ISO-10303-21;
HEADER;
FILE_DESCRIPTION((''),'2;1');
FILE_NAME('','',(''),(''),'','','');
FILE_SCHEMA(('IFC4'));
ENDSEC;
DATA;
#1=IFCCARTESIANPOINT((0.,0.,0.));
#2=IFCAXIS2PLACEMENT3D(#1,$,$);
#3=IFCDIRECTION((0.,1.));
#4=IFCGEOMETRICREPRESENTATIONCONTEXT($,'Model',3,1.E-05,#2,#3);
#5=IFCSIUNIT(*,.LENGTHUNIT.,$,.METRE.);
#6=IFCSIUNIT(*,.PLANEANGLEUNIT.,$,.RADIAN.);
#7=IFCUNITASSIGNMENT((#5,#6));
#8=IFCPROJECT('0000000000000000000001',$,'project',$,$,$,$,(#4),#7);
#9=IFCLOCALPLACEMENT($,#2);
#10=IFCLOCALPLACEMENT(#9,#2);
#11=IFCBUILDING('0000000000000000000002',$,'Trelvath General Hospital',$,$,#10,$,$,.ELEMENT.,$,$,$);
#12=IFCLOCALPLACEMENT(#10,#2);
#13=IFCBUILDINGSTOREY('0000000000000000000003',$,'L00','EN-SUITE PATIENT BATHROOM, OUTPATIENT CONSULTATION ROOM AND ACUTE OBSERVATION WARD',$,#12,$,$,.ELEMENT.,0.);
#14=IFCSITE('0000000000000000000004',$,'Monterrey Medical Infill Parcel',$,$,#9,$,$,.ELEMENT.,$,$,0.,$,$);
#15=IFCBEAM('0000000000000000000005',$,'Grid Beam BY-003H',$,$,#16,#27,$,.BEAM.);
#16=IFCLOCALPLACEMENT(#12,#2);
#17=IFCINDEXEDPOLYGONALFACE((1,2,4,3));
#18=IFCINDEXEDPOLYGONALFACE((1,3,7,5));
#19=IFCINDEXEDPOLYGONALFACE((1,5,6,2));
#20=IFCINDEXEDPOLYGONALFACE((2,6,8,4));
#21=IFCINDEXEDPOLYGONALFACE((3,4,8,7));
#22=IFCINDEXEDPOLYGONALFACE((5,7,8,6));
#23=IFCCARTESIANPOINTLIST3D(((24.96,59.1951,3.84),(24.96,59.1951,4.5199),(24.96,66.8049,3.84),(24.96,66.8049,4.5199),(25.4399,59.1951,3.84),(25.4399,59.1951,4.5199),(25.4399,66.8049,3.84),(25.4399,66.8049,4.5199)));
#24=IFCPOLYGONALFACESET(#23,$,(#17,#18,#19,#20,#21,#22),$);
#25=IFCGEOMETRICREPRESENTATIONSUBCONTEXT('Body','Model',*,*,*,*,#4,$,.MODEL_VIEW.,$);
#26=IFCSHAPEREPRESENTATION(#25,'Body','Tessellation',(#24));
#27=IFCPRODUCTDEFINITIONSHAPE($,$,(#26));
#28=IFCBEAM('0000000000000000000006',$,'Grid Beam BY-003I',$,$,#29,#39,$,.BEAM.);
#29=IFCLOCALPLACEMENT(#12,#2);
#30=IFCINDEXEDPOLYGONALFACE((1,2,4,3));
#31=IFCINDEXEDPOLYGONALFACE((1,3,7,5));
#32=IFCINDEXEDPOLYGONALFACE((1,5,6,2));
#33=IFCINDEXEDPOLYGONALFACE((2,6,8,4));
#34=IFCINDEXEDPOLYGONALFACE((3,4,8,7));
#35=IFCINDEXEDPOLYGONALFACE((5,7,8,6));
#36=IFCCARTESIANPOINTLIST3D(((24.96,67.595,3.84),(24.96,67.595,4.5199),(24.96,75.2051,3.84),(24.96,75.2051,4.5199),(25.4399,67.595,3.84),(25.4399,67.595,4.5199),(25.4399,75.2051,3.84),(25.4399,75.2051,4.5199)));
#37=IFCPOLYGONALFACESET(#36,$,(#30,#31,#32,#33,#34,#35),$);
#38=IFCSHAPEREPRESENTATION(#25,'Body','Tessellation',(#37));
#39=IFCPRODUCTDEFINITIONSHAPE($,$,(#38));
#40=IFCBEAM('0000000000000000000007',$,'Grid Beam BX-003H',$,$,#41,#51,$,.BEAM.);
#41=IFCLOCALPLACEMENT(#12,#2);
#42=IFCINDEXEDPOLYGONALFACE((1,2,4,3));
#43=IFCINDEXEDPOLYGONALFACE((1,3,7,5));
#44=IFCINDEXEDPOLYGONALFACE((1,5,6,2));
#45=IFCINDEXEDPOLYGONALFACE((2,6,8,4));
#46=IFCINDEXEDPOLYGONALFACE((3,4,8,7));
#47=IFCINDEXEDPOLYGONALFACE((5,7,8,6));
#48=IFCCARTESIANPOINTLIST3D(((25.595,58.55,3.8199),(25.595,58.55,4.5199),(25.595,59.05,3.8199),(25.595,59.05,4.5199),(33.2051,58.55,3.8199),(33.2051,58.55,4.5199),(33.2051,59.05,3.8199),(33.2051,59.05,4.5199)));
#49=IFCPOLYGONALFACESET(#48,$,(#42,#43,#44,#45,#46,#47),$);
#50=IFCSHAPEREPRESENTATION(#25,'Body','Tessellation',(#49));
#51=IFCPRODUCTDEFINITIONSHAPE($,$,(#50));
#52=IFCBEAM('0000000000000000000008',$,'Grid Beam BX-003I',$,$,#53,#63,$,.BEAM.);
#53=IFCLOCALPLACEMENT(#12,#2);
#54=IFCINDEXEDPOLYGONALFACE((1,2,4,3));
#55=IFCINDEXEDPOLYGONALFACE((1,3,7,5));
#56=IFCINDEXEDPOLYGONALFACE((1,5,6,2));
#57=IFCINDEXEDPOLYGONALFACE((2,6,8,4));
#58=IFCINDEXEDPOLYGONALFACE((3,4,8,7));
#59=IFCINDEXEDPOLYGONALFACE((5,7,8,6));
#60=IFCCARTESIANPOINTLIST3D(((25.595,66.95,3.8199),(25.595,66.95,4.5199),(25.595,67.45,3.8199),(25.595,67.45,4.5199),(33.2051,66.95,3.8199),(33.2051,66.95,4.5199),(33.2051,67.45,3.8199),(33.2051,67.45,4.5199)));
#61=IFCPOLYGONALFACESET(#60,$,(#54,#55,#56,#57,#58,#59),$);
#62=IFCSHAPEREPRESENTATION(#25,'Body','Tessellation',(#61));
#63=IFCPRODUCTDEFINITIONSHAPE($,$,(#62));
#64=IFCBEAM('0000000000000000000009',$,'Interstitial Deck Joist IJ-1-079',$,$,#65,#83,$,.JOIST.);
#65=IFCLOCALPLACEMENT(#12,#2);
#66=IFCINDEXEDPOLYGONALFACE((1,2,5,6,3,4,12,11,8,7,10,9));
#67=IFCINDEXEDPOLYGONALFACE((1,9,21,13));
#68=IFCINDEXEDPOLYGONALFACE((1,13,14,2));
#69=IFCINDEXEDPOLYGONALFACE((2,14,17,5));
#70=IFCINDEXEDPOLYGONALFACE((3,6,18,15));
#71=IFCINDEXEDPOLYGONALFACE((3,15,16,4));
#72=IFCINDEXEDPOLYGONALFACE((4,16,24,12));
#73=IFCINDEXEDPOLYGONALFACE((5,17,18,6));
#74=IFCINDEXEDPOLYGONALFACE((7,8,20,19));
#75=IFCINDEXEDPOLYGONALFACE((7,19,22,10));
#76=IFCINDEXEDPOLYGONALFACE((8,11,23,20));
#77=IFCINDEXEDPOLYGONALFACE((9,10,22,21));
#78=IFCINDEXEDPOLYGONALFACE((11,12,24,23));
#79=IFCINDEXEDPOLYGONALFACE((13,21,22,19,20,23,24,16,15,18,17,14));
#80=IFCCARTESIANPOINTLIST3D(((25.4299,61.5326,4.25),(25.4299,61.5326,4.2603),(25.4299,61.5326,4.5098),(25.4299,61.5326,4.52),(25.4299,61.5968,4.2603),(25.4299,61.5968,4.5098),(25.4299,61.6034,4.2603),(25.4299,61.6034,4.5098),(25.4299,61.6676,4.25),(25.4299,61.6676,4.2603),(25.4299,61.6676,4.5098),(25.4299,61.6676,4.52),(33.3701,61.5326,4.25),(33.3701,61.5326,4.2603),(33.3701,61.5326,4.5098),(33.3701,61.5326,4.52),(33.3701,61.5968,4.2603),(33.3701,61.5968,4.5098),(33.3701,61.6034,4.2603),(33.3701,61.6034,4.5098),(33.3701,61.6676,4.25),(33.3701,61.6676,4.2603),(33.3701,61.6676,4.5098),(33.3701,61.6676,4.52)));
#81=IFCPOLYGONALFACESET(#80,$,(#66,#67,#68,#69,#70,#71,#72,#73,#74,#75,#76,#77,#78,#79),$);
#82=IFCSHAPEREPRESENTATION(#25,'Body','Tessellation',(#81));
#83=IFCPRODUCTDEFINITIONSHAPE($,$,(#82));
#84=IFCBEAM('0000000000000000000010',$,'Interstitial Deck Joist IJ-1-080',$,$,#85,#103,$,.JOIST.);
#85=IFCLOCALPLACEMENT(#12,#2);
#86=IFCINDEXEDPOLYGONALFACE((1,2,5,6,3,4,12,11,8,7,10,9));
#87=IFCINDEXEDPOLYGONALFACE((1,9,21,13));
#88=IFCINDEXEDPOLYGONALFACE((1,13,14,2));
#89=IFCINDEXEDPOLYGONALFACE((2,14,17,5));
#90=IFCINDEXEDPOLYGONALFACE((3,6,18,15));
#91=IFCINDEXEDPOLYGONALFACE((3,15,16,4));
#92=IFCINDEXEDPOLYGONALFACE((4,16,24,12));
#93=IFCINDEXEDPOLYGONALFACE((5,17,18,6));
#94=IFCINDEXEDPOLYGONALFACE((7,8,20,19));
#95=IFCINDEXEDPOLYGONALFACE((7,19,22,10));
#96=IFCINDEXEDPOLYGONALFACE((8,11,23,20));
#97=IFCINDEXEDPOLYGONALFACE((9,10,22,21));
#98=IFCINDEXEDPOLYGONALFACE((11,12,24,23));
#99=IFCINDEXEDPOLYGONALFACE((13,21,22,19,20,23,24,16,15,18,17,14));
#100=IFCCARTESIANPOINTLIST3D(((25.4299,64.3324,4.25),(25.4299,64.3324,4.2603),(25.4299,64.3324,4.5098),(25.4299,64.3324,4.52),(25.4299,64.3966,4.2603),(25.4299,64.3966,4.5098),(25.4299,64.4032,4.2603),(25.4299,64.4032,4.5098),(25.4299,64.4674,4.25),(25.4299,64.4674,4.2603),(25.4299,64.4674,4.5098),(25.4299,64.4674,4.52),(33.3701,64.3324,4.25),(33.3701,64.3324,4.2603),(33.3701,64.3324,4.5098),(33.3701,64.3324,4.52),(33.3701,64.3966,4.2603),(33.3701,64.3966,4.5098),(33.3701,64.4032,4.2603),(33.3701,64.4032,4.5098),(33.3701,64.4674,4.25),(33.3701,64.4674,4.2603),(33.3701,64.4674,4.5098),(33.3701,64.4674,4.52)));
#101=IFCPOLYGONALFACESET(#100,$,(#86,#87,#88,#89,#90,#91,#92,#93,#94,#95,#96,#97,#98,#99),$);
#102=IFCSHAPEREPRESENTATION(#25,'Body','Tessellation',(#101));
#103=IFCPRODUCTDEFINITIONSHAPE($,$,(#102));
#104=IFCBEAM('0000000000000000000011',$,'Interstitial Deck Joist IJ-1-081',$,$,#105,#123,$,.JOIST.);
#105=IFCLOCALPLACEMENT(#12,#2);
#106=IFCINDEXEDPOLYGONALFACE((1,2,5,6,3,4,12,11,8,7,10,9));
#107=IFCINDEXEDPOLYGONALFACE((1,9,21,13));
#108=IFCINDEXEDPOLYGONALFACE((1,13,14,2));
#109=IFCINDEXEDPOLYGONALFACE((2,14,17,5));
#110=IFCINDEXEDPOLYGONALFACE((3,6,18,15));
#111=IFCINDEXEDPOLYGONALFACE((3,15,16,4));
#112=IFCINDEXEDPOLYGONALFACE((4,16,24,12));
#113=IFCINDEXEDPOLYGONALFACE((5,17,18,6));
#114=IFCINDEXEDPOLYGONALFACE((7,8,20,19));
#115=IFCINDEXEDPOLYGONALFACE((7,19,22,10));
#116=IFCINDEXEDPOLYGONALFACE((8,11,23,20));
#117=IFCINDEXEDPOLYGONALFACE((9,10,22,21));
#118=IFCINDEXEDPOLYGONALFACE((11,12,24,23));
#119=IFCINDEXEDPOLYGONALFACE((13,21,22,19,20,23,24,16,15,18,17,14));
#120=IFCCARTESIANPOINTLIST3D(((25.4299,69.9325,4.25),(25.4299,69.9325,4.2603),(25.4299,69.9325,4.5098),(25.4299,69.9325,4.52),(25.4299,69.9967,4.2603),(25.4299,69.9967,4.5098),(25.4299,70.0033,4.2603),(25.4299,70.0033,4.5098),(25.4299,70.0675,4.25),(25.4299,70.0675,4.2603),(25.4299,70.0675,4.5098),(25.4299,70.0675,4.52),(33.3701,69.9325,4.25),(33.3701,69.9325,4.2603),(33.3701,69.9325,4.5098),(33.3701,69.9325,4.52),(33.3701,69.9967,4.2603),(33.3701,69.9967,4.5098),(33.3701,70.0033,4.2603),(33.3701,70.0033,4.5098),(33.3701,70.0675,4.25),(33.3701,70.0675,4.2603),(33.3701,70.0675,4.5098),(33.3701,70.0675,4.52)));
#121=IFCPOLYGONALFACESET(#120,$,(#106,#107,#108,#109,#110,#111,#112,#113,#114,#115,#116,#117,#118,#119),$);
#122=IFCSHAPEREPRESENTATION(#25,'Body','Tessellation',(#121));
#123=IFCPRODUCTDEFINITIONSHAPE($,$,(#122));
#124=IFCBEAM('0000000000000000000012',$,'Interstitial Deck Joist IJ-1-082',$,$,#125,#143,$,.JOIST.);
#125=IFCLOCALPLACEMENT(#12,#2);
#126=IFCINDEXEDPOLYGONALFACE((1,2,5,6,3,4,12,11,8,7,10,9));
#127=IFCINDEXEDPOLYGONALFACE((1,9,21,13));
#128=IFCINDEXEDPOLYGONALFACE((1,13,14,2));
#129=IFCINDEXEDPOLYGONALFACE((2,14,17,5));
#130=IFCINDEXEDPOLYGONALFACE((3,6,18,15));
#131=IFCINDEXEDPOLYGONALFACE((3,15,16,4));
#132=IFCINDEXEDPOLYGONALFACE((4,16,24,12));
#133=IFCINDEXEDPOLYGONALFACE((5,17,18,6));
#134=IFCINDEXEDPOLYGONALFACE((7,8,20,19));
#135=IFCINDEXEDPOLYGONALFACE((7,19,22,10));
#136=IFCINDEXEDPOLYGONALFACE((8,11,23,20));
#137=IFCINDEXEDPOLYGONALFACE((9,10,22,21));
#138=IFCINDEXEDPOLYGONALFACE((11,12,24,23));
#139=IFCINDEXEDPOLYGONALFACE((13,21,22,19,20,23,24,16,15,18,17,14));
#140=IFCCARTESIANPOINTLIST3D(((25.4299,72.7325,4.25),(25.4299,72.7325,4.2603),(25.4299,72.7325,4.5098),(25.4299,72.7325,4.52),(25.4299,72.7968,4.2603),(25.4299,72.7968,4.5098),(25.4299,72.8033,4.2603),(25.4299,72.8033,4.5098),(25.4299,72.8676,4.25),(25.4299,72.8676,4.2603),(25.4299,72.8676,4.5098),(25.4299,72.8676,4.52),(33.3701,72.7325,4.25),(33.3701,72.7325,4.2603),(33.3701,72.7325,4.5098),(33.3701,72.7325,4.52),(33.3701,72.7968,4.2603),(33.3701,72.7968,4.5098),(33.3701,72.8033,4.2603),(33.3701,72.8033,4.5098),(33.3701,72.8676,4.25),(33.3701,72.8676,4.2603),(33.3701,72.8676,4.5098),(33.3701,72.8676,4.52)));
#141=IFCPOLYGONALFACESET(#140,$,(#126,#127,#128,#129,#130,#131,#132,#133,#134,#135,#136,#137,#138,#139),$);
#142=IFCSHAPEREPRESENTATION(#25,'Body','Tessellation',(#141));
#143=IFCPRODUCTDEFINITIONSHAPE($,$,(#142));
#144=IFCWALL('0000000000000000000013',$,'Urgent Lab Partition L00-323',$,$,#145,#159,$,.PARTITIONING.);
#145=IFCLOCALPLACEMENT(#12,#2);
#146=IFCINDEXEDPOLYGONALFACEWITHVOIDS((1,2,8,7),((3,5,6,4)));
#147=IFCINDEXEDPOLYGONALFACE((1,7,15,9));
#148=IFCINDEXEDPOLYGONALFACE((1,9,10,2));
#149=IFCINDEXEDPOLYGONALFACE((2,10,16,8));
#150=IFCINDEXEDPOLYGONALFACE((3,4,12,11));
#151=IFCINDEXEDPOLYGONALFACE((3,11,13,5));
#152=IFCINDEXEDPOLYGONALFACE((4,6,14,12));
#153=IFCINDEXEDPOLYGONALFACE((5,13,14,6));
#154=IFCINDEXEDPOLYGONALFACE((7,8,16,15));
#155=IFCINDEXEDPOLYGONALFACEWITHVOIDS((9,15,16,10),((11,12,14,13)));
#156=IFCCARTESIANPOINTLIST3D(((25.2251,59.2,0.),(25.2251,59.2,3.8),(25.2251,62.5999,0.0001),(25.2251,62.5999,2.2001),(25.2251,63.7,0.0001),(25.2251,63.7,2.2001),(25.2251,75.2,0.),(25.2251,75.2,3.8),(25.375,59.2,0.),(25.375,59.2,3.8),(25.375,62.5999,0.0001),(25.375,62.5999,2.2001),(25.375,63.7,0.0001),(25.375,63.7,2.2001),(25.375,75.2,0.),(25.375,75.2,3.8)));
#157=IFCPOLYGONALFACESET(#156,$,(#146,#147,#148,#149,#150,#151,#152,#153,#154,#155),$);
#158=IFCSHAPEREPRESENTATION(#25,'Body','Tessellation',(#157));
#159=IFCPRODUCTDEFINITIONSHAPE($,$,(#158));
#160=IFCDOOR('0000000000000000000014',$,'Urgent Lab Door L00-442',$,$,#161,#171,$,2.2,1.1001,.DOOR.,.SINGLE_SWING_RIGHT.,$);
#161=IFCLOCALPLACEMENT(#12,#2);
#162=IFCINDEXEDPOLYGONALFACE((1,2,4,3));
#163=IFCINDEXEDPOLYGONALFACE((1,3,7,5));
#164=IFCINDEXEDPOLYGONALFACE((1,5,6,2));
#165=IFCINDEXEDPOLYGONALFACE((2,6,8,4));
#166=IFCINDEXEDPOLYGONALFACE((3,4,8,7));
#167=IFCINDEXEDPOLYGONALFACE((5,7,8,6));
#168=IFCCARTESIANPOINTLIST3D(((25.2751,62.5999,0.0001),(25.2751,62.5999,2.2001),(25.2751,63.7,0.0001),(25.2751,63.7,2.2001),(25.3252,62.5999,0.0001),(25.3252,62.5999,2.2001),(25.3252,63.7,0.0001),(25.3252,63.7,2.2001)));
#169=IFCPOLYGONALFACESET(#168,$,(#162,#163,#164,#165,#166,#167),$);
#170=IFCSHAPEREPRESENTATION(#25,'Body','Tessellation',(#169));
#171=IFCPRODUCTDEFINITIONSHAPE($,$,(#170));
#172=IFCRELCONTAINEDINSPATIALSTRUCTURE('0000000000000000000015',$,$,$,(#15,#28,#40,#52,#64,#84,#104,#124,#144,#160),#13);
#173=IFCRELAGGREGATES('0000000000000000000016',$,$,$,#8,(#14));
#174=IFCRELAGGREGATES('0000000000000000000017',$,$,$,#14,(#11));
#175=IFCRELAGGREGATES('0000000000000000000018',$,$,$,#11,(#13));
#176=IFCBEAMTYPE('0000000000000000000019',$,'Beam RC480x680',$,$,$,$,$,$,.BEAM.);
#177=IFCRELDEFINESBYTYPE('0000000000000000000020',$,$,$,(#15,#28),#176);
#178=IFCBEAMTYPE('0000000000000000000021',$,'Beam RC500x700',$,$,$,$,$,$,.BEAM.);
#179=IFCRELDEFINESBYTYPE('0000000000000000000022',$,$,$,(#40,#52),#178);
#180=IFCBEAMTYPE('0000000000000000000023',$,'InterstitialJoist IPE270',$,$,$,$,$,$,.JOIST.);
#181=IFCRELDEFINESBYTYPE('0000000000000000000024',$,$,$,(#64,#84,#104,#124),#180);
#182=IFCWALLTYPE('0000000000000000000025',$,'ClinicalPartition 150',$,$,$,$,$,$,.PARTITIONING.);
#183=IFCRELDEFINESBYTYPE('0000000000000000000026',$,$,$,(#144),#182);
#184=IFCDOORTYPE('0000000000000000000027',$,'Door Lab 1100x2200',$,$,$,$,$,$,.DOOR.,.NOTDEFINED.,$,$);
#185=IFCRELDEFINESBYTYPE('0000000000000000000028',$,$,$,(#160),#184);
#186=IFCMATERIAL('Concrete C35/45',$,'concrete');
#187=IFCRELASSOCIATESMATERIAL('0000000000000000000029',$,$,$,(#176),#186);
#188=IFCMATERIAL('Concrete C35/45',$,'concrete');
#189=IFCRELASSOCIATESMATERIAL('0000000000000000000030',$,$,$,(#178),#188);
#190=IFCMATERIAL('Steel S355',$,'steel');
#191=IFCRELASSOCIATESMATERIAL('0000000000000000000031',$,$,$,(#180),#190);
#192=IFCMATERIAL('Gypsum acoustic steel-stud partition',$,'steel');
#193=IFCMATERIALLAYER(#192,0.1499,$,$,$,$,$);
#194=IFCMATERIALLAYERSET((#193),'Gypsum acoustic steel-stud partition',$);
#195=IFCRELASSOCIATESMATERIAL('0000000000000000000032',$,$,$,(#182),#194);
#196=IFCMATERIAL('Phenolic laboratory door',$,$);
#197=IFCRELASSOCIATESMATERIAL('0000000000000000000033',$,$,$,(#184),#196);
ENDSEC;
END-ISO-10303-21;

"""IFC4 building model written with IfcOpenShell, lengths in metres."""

from ifc_helpers import new_model, si_unit, direction, frame, frame_2d, origin, origin_2d, place, context, subcontext, project, spatial, rectangle, i_section, extrude, material, layer, layer_set, material_profile, profile_set, type_object, element, fill, save


model = new_model("IFC4")

# Units and contexts
model_context = context("Model", 3, precision=1e-05, world=origin(), true_north=direction((0.0, 1.0)))
body_context = subcontext(model_context, "Body", "Model", "MODEL_VIEW")
ifc_project = project(units=[si_unit("LENGTHUNIT", "METRE"), si_unit("PLANEANGLEUNIT", "RADIAN")], contexts=[model_context])

# Site, building, storey
site_placement = place(None, origin())
site = spatial("IfcSite", under=ifc_project, at=site_placement, Name="Monterrey Medical Infill Parcel", CompositionType="ELEMENT", RefElevation=0.0)
building_placement = place(site_placement, origin())
building = spatial("IfcBuilding", under=site, at=building_placement, Name="Trelvath General Hospital", CompositionType="ELEMENT")
storey_placement = place(building_placement, origin())
storey = spatial("IfcBuildingStorey", under=building, at=storey_placement, Name="L00", Description="EN-SUITE PATIENT BATHROOM, OUTPATIENT CONSULTATION ROOM AND ACUTE OBSERVATION WARD", CompositionType="ELEMENT", Elevation=0.0)

# Beams
ifc_material_1 = material(Name="Concrete C35/45", Category="concrete")
ifc_material_profile_1 = material_profile(ifc_material_1, rectangle(XDim=0.48, YDim=0.6799, at=origin_2d()), Name="RCB480x680")
ifc_profile_set_1 = profile_set([ifc_material_profile_1], Name="Concrete C35/45")
beam_type_1 = type_object("IfcBeamType", Name="Beam RC480x680", PredefinedType="BEAM", material=ifc_profile_set_1)
beam_1_placement = place(storey_placement, frame((25.2, 59.1951, 4.1799), z_axis=(0.0, 1.0, 0.0), x_axis=(-1.0, 0.0, 0.0)))
element("IfcBeam", 1, at=beam_1_placement, inside=storey, type_object=beam_type_1, Name="Grid Beam BY-003H", PredefinedType="BEAM", context=body_context, shape_type="SweptSolid", body=[
    extrude(rectangle(XDim=0.48, YDim=0.6799, at=origin_2d()), origin(), (0.0, 0.0, 1.0), 7.6099),
])
beam_2_placement = place(storey_placement, frame((25.2, 67.595, 4.1799), z_axis=(0.0, 1.0, 0.0), x_axis=(-1.0, 0.0, 0.0)))
element("IfcBeam", 2, at=beam_2_placement, inside=storey, type_object=beam_type_1, Name="Grid Beam BY-003I", PredefinedType="BEAM", context=body_context, shape_type="SweptSolid", body=[
    extrude(rectangle(XDim=0.48, YDim=0.6799, at=origin_2d()), origin(), (0.0, 0.0, 1.0), 7.6101),
])
ifc_material_2 = material(Name="Concrete C35/45", Category="concrete")
ifc_material_profile_2 = material_profile(ifc_material_2, rectangle(XDim=0.5, YDim=0.7, at=origin_2d()), Name="RCB500x700")
ifc_profile_set_2 = profile_set([ifc_material_profile_2], Name="Concrete C35/45")
beam_type_2 = type_object("IfcBeamType", Name="Beam RC500x700", PredefinedType="BEAM", material=ifc_profile_set_2)
for number, where, z_axis, x_axis, name in (
    (3, (25.595, 58.8, 4.1699), (1.0, 0.0, 0.0), (0.0, 1.0, 0.0), "Grid Beam BX-003H"),
    (4, (25.595, 67.2, 4.1699), (1.0, 0.0, 0.0), (0.0, 1.0, 0.0), "Grid Beam BX-003I"),
):
    element("IfcBeam", number, at=place(storey_placement, frame(where, z_axis=z_axis, x_axis=x_axis)), inside=storey, type_object=beam_type_2, Name=name, PredefinedType="BEAM", context=body_context, shape_type="SweptSolid", body=[
        extrude(rectangle(XDim=0.5, YDim=0.7, at=origin_2d()), origin(), (0.0, 0.0, 1.0), 7.6101),
    ])
ifc_material_3 = material(Name="Steel S355", Category="steel")
ifc_material_profile_3 = material_profile(ifc_material_3, i_section(OverallWidth=0.135, OverallDepth=0.27, WebThickness=0.0066, FlangeThickness=0.0103, at=origin_2d()), Name="IPE270")
ifc_profile_set_3 = profile_set([ifc_material_profile_3], Name="Steel S355")
beam_type_3 = type_object("IfcBeamType", Name="InterstitialJoist IPE270", PredefinedType="JOIST", material=ifc_profile_set_3)
for number, where, z_axis, x_axis, name in (
    (5, (25.4299, 61.6001, 4.385), (1.0, 0.0, 0.0), (0.0, 1.0, 0.0), "Interstitial Deck Joist IJ-1-079"),
    (6, (25.4299, 64.3999, 4.385), (1.0, 0.0, 0.0), (0.0, 1.0, 0.0), "Interstitial Deck Joist IJ-1-080"),
    (7, (25.4299, 70.0, 4.385), (1.0, 0.0, 0.0), (0.0, 1.0, 0.0), "Interstitial Deck Joist IJ-1-081"),
    (8, (25.4299, 72.8, 4.385), (1.0, 0.0, 0.0), (0.0, 1.0, 0.0), "Interstitial Deck Joist IJ-1-082"),
):
    element("IfcBeam", number, at=place(storey_placement, frame(where, z_axis=z_axis, x_axis=x_axis)), inside=storey, type_object=beam_type_3, Name=name, PredefinedType="JOIST", context=body_context, shape_type="SweptSolid", body=[
        extrude(i_section(OverallWidth=0.135, OverallDepth=0.27, WebThickness=0.0066, FlangeThickness=0.0103, at=origin_2d()), origin(), (0.0, 0.0, 1.0), 7.9402),
    ])

# Wall, opening, door
ifc_material_4 = material(Name="Gypsum acoustic steel-stud partition", Category="steel")
ifc_layer_1 = layer(ifc_material_4, 0.1499)
ifc_layer_set_1 = layer_set([ifc_layer_1], Name="Gypsum acoustic steel-stud partition")
wall_type = type_object("IfcWallType", Name="ClinicalPartition 150", PredefinedType="PARTITIONING", material=ifc_layer_set_1)
wall_placement = place(storey_placement, frame((25.3, 59.2, 0.0), z_axis=(0.0, 0.0, 1.0), x_axis=(0.0, 1.0, 0.0)))
wall = element("IfcWall", 9, at=wall_placement, inside=storey, type_object=wall_type, Name="Urgent Lab Partition L00-323", PredefinedType="PARTITIONING", context=body_context, shape_type="SweptSolid", body=[
    extrude(rectangle(XDim=16.0, YDim=0.1499, at=frame_2d((8.0, 0.0))), origin(), (0.0, 0.0, 1.0), 3.8),
])
opening_placement = place(wall_placement, frame((3.3999, 0.0, 0.0)))
opening = element("IfcOpeningElement", 10, at=opening_placement, cuts=wall, PredefinedType="OPENING", context=body_context, shape_type="SweptSolid", body=[
    extrude(rectangle(XDim=1.1001, YDim=2.2, at=frame_2d((0.55, 1.1001))), frame((0.0, 0.085, 0.0), z_axis=(0.0, -1.0, 0.0), x_axis=(1.0, 0.0, 0.0)), (0.0, 0.0, 1.0), 0.1699),
])
ifc_material_5 = material(Name="Phenolic laboratory door")
door_type = type_object("IfcDoorType", Name="Door Lab 1100x2200", OperationType="NOTDEFINED", PredefinedType="DOOR", material=ifc_material_5)
door_placement = place(opening_placement, origin())
door = element("IfcDoor", 11, at=door_placement, inside=storey, type_object=door_type, Name="Urgent Lab Door L00-442", OperationType="SINGLE_SWING_RIGHT", OverallHeight=2.2, OverallWidth=1.1001, PredefinedType="DOOR", context=body_context, shape_type="SweptSolid", body=[
    extrude(rectangle(XDim=1.1001, YDim=2.2, at=frame_2d((0.55, 1.1001))), frame((0.0, 0.0249, 0.0), z_axis=(0.0, -1.0, 0.0), x_axis=(1.0, 0.0, 0.0)), (0.0, 0.0, 1.0), 0.05),
])
fill(opening, door)

save(model, "model.ifc")
